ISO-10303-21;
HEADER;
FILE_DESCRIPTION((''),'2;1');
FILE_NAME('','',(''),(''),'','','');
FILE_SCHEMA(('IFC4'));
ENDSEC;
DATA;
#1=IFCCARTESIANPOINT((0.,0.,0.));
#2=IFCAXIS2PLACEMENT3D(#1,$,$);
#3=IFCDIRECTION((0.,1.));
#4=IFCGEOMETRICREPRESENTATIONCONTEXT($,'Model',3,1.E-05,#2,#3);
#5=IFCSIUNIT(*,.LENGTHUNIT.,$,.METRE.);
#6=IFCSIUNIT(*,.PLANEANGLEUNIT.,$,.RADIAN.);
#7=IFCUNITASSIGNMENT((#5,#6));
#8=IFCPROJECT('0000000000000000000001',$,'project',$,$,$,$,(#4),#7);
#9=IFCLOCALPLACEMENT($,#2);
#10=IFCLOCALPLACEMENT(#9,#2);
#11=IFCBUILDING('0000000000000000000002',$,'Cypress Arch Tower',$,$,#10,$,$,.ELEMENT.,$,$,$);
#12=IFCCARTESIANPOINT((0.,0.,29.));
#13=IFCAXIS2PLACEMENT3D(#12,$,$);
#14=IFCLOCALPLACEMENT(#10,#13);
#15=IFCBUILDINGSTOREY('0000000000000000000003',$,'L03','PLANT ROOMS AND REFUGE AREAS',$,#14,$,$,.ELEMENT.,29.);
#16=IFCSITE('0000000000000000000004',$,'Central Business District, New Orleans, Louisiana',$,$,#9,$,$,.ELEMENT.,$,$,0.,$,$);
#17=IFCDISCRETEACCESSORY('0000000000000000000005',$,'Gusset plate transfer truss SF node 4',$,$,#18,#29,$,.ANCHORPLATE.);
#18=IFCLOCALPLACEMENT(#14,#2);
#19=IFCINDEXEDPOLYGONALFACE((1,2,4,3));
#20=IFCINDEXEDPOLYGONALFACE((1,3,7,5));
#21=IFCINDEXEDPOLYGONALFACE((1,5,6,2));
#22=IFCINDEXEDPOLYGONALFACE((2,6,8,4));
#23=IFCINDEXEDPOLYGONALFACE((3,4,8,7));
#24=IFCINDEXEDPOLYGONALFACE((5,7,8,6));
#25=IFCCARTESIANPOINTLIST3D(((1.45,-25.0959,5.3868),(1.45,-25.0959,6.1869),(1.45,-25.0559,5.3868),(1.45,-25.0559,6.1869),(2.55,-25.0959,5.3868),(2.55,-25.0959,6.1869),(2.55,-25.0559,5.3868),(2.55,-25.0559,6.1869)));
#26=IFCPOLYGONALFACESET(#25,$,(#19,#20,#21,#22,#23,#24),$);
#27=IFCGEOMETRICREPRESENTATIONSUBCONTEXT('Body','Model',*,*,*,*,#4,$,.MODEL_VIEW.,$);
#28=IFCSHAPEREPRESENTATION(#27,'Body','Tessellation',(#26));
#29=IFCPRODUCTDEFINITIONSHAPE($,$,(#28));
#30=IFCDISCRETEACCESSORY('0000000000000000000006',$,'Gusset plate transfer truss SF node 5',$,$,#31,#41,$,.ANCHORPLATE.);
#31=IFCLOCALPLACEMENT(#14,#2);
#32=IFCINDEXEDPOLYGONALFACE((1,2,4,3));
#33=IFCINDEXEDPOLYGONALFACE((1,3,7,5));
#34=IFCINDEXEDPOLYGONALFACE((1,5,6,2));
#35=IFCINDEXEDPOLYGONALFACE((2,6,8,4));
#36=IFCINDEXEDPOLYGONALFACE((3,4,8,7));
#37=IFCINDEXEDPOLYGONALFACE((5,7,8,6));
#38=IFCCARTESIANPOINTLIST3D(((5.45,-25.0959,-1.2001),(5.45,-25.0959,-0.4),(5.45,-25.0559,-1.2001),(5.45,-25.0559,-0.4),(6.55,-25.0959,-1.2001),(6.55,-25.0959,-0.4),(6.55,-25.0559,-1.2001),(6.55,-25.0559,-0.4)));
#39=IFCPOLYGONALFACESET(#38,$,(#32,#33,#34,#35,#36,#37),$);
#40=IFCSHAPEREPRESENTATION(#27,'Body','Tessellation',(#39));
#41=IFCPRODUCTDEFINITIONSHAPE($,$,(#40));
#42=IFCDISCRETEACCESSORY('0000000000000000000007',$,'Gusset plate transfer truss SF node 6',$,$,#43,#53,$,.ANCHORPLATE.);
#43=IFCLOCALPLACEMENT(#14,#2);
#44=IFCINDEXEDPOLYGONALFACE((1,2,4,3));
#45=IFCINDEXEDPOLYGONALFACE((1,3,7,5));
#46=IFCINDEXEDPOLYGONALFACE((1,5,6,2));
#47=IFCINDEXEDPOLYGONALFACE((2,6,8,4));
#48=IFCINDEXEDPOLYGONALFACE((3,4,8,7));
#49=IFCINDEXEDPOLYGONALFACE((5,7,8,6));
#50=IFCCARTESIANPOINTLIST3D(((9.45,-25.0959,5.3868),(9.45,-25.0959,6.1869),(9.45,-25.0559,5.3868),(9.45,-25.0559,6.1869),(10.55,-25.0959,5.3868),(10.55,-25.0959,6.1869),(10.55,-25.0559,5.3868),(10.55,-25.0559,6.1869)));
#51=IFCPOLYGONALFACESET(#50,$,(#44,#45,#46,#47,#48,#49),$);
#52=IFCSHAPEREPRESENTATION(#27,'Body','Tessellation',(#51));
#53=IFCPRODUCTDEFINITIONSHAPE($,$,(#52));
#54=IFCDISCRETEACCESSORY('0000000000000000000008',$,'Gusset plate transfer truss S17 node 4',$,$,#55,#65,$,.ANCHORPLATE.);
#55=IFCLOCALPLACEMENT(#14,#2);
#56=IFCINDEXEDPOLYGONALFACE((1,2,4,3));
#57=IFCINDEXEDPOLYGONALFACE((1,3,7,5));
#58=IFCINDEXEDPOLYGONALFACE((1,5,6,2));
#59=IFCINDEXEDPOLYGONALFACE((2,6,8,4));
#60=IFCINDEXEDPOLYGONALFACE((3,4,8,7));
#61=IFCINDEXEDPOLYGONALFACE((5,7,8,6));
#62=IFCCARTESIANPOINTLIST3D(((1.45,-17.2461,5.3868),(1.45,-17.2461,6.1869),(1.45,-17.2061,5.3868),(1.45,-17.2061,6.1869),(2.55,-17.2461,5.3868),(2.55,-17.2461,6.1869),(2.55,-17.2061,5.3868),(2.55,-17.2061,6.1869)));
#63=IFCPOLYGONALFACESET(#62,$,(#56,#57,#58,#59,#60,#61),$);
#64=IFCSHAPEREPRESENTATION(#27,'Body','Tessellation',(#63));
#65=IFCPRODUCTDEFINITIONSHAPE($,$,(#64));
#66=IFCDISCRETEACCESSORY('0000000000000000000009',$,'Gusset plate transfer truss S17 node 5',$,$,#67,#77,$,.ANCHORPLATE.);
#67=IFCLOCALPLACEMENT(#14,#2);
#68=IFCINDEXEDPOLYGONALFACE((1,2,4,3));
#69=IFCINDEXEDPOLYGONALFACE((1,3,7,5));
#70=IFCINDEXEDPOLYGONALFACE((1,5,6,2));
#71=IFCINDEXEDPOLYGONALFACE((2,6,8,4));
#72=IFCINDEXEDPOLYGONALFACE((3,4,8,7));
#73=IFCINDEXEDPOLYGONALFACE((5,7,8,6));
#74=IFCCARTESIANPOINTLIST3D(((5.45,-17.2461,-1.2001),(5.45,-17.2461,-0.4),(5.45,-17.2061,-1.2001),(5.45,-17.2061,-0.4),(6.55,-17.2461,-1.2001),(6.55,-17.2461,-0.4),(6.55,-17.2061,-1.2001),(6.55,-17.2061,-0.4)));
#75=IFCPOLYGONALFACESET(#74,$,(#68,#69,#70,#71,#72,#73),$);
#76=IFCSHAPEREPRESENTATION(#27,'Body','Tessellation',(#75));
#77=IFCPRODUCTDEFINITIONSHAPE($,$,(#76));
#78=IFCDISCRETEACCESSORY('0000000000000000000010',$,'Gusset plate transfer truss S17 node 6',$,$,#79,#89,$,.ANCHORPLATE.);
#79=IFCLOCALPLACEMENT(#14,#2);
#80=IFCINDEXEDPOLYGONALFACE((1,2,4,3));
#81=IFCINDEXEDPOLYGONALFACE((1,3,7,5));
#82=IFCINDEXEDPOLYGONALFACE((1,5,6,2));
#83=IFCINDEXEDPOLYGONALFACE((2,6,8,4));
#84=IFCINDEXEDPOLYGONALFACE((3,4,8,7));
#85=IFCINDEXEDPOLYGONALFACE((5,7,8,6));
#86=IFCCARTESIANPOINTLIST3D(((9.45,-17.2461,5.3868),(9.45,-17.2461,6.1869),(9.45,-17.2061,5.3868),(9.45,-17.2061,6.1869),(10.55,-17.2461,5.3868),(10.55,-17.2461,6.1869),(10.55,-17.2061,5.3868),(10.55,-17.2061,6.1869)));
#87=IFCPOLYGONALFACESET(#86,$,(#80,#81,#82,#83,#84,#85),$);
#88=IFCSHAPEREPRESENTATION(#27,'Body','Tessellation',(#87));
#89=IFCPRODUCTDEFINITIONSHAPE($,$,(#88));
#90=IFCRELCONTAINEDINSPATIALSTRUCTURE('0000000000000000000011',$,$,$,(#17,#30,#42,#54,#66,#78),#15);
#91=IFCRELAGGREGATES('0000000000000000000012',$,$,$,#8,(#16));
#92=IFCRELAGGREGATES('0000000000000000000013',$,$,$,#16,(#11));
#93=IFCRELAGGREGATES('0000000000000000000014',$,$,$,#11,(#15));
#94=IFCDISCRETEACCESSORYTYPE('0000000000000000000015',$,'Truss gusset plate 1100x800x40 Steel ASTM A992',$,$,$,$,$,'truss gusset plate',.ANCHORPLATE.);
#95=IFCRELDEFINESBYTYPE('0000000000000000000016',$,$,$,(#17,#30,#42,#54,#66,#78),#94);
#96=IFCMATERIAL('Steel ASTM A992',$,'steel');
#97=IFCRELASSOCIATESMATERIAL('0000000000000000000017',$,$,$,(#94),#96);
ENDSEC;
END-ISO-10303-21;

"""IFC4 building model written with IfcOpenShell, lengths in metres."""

from ifc_helpers import new_model, si_unit, direction, frame, origin, origin_2d, place, context, subcontext, project, spatial, rectangle, extrude, material, material_profile, profile_set, type_object, element, save


model = new_model("IFC4")

# Units and contexts
model_context = context("Model", 3, precision=1e-05, world=origin(), true_north=direction((0.0, 1.0)))
body_context = subcontext(model_context, "Body", "Model", "MODEL_VIEW")
ifc_project = project(units=[si_unit("LENGTHUNIT", "METRE"), si_unit("PLANEANGLEUNIT", "RADIAN")], contexts=[model_context])

# Site, building, storey
site_placement = place(None, origin())
site = spatial("IfcSite", under=ifc_project, at=site_placement, Name="Central Business District, New Orleans, Louisiana", CompositionType="ELEMENT", RefElevation=0.0)
building_placement = place(site_placement, origin())
building = spatial("IfcBuilding", under=site, at=building_placement, Name="Cypress Arch Tower", CompositionType="ELEMENT")
storey_placement = place(building_placement, frame((0.0, 0.0, 29.0)))
storey = spatial("IfcBuildingStorey", under=building, at=storey_placement, Name="L03", Description="PLANT ROOMS AND REFUGE AREAS", CompositionType="ELEMENT", Elevation=29.0)

# Discrete accessories
ifc_material_1 = material(Name="Steel ASTM A992", Category="steel")
ifc_material_profile_1 = material_profile(ifc_material_1, rectangle(XDim=1.1001, YDim=0.8, at=origin_2d()), Name="PL 40 1100x800")
ifc_profile_set_1 = profile_set([ifc_material_profile_1], Name="Steel ASTM A992")
discrete_accessory_type_1 = type_object("IfcDiscreteAccessoryType", Name="Truss gusset plate 1100x800x40 Steel ASTM A992", ElementType="truss gusset plate", PredefinedType="ANCHORPLATE", material=ifc_profile_set_1)
for number, where, z_axis, x_axis, name in (
    (1, (2.0, -25.0959, 5.7869), (0.0, 1.0, 0.0), (-1.0, 0.0, 0.0), "Gusset plate transfer truss SF node 4"),
    (2, (6.0, -25.0959, -0.8), (0.0, 1.0, 0.0), (-1.0, 0.0, 0.0), "Gusset plate transfer truss SF node 5"),
    (3, (10.0, -25.0959, 5.7869), (0.0, 1.0, 0.0), (-1.0, 0.0, 0.0), "Gusset plate transfer truss SF node 6"),
    (4, (2.0, -17.2461, 5.7869), (0.0, 1.0, 0.0), (-1.0, 0.0, 0.0), "Gusset plate transfer truss S17 node 4"),
    (5, (6.0, -17.2461, -0.8), (0.0, 1.0, 0.0), (-1.0, 0.0, 0.0), "Gusset plate transfer truss S17 node 5"),
    (6, (10.0, -17.2461, 5.7869), (0.0, 1.0, 0.0), (-1.0, 0.0, 0.0), "Gusset plate transfer truss S17 node 6"),
):
    element("IfcDiscreteAccessory", number, at=place(storey_placement, frame(where, z_axis=z_axis, x_axis=x_axis)), inside=storey, type_object=discrete_accessory_type_1, Name=name, PredefinedType="ANCHORPLATE", context=body_context, shape_type="SweptSolid", body=[
        extrude(rectangle(XDim=1.1001, YDim=0.8, at=origin_2d()), origin(), (0.0, 0.0, 1.0), 0.04),
    ])

save(model, "model.ifc")
